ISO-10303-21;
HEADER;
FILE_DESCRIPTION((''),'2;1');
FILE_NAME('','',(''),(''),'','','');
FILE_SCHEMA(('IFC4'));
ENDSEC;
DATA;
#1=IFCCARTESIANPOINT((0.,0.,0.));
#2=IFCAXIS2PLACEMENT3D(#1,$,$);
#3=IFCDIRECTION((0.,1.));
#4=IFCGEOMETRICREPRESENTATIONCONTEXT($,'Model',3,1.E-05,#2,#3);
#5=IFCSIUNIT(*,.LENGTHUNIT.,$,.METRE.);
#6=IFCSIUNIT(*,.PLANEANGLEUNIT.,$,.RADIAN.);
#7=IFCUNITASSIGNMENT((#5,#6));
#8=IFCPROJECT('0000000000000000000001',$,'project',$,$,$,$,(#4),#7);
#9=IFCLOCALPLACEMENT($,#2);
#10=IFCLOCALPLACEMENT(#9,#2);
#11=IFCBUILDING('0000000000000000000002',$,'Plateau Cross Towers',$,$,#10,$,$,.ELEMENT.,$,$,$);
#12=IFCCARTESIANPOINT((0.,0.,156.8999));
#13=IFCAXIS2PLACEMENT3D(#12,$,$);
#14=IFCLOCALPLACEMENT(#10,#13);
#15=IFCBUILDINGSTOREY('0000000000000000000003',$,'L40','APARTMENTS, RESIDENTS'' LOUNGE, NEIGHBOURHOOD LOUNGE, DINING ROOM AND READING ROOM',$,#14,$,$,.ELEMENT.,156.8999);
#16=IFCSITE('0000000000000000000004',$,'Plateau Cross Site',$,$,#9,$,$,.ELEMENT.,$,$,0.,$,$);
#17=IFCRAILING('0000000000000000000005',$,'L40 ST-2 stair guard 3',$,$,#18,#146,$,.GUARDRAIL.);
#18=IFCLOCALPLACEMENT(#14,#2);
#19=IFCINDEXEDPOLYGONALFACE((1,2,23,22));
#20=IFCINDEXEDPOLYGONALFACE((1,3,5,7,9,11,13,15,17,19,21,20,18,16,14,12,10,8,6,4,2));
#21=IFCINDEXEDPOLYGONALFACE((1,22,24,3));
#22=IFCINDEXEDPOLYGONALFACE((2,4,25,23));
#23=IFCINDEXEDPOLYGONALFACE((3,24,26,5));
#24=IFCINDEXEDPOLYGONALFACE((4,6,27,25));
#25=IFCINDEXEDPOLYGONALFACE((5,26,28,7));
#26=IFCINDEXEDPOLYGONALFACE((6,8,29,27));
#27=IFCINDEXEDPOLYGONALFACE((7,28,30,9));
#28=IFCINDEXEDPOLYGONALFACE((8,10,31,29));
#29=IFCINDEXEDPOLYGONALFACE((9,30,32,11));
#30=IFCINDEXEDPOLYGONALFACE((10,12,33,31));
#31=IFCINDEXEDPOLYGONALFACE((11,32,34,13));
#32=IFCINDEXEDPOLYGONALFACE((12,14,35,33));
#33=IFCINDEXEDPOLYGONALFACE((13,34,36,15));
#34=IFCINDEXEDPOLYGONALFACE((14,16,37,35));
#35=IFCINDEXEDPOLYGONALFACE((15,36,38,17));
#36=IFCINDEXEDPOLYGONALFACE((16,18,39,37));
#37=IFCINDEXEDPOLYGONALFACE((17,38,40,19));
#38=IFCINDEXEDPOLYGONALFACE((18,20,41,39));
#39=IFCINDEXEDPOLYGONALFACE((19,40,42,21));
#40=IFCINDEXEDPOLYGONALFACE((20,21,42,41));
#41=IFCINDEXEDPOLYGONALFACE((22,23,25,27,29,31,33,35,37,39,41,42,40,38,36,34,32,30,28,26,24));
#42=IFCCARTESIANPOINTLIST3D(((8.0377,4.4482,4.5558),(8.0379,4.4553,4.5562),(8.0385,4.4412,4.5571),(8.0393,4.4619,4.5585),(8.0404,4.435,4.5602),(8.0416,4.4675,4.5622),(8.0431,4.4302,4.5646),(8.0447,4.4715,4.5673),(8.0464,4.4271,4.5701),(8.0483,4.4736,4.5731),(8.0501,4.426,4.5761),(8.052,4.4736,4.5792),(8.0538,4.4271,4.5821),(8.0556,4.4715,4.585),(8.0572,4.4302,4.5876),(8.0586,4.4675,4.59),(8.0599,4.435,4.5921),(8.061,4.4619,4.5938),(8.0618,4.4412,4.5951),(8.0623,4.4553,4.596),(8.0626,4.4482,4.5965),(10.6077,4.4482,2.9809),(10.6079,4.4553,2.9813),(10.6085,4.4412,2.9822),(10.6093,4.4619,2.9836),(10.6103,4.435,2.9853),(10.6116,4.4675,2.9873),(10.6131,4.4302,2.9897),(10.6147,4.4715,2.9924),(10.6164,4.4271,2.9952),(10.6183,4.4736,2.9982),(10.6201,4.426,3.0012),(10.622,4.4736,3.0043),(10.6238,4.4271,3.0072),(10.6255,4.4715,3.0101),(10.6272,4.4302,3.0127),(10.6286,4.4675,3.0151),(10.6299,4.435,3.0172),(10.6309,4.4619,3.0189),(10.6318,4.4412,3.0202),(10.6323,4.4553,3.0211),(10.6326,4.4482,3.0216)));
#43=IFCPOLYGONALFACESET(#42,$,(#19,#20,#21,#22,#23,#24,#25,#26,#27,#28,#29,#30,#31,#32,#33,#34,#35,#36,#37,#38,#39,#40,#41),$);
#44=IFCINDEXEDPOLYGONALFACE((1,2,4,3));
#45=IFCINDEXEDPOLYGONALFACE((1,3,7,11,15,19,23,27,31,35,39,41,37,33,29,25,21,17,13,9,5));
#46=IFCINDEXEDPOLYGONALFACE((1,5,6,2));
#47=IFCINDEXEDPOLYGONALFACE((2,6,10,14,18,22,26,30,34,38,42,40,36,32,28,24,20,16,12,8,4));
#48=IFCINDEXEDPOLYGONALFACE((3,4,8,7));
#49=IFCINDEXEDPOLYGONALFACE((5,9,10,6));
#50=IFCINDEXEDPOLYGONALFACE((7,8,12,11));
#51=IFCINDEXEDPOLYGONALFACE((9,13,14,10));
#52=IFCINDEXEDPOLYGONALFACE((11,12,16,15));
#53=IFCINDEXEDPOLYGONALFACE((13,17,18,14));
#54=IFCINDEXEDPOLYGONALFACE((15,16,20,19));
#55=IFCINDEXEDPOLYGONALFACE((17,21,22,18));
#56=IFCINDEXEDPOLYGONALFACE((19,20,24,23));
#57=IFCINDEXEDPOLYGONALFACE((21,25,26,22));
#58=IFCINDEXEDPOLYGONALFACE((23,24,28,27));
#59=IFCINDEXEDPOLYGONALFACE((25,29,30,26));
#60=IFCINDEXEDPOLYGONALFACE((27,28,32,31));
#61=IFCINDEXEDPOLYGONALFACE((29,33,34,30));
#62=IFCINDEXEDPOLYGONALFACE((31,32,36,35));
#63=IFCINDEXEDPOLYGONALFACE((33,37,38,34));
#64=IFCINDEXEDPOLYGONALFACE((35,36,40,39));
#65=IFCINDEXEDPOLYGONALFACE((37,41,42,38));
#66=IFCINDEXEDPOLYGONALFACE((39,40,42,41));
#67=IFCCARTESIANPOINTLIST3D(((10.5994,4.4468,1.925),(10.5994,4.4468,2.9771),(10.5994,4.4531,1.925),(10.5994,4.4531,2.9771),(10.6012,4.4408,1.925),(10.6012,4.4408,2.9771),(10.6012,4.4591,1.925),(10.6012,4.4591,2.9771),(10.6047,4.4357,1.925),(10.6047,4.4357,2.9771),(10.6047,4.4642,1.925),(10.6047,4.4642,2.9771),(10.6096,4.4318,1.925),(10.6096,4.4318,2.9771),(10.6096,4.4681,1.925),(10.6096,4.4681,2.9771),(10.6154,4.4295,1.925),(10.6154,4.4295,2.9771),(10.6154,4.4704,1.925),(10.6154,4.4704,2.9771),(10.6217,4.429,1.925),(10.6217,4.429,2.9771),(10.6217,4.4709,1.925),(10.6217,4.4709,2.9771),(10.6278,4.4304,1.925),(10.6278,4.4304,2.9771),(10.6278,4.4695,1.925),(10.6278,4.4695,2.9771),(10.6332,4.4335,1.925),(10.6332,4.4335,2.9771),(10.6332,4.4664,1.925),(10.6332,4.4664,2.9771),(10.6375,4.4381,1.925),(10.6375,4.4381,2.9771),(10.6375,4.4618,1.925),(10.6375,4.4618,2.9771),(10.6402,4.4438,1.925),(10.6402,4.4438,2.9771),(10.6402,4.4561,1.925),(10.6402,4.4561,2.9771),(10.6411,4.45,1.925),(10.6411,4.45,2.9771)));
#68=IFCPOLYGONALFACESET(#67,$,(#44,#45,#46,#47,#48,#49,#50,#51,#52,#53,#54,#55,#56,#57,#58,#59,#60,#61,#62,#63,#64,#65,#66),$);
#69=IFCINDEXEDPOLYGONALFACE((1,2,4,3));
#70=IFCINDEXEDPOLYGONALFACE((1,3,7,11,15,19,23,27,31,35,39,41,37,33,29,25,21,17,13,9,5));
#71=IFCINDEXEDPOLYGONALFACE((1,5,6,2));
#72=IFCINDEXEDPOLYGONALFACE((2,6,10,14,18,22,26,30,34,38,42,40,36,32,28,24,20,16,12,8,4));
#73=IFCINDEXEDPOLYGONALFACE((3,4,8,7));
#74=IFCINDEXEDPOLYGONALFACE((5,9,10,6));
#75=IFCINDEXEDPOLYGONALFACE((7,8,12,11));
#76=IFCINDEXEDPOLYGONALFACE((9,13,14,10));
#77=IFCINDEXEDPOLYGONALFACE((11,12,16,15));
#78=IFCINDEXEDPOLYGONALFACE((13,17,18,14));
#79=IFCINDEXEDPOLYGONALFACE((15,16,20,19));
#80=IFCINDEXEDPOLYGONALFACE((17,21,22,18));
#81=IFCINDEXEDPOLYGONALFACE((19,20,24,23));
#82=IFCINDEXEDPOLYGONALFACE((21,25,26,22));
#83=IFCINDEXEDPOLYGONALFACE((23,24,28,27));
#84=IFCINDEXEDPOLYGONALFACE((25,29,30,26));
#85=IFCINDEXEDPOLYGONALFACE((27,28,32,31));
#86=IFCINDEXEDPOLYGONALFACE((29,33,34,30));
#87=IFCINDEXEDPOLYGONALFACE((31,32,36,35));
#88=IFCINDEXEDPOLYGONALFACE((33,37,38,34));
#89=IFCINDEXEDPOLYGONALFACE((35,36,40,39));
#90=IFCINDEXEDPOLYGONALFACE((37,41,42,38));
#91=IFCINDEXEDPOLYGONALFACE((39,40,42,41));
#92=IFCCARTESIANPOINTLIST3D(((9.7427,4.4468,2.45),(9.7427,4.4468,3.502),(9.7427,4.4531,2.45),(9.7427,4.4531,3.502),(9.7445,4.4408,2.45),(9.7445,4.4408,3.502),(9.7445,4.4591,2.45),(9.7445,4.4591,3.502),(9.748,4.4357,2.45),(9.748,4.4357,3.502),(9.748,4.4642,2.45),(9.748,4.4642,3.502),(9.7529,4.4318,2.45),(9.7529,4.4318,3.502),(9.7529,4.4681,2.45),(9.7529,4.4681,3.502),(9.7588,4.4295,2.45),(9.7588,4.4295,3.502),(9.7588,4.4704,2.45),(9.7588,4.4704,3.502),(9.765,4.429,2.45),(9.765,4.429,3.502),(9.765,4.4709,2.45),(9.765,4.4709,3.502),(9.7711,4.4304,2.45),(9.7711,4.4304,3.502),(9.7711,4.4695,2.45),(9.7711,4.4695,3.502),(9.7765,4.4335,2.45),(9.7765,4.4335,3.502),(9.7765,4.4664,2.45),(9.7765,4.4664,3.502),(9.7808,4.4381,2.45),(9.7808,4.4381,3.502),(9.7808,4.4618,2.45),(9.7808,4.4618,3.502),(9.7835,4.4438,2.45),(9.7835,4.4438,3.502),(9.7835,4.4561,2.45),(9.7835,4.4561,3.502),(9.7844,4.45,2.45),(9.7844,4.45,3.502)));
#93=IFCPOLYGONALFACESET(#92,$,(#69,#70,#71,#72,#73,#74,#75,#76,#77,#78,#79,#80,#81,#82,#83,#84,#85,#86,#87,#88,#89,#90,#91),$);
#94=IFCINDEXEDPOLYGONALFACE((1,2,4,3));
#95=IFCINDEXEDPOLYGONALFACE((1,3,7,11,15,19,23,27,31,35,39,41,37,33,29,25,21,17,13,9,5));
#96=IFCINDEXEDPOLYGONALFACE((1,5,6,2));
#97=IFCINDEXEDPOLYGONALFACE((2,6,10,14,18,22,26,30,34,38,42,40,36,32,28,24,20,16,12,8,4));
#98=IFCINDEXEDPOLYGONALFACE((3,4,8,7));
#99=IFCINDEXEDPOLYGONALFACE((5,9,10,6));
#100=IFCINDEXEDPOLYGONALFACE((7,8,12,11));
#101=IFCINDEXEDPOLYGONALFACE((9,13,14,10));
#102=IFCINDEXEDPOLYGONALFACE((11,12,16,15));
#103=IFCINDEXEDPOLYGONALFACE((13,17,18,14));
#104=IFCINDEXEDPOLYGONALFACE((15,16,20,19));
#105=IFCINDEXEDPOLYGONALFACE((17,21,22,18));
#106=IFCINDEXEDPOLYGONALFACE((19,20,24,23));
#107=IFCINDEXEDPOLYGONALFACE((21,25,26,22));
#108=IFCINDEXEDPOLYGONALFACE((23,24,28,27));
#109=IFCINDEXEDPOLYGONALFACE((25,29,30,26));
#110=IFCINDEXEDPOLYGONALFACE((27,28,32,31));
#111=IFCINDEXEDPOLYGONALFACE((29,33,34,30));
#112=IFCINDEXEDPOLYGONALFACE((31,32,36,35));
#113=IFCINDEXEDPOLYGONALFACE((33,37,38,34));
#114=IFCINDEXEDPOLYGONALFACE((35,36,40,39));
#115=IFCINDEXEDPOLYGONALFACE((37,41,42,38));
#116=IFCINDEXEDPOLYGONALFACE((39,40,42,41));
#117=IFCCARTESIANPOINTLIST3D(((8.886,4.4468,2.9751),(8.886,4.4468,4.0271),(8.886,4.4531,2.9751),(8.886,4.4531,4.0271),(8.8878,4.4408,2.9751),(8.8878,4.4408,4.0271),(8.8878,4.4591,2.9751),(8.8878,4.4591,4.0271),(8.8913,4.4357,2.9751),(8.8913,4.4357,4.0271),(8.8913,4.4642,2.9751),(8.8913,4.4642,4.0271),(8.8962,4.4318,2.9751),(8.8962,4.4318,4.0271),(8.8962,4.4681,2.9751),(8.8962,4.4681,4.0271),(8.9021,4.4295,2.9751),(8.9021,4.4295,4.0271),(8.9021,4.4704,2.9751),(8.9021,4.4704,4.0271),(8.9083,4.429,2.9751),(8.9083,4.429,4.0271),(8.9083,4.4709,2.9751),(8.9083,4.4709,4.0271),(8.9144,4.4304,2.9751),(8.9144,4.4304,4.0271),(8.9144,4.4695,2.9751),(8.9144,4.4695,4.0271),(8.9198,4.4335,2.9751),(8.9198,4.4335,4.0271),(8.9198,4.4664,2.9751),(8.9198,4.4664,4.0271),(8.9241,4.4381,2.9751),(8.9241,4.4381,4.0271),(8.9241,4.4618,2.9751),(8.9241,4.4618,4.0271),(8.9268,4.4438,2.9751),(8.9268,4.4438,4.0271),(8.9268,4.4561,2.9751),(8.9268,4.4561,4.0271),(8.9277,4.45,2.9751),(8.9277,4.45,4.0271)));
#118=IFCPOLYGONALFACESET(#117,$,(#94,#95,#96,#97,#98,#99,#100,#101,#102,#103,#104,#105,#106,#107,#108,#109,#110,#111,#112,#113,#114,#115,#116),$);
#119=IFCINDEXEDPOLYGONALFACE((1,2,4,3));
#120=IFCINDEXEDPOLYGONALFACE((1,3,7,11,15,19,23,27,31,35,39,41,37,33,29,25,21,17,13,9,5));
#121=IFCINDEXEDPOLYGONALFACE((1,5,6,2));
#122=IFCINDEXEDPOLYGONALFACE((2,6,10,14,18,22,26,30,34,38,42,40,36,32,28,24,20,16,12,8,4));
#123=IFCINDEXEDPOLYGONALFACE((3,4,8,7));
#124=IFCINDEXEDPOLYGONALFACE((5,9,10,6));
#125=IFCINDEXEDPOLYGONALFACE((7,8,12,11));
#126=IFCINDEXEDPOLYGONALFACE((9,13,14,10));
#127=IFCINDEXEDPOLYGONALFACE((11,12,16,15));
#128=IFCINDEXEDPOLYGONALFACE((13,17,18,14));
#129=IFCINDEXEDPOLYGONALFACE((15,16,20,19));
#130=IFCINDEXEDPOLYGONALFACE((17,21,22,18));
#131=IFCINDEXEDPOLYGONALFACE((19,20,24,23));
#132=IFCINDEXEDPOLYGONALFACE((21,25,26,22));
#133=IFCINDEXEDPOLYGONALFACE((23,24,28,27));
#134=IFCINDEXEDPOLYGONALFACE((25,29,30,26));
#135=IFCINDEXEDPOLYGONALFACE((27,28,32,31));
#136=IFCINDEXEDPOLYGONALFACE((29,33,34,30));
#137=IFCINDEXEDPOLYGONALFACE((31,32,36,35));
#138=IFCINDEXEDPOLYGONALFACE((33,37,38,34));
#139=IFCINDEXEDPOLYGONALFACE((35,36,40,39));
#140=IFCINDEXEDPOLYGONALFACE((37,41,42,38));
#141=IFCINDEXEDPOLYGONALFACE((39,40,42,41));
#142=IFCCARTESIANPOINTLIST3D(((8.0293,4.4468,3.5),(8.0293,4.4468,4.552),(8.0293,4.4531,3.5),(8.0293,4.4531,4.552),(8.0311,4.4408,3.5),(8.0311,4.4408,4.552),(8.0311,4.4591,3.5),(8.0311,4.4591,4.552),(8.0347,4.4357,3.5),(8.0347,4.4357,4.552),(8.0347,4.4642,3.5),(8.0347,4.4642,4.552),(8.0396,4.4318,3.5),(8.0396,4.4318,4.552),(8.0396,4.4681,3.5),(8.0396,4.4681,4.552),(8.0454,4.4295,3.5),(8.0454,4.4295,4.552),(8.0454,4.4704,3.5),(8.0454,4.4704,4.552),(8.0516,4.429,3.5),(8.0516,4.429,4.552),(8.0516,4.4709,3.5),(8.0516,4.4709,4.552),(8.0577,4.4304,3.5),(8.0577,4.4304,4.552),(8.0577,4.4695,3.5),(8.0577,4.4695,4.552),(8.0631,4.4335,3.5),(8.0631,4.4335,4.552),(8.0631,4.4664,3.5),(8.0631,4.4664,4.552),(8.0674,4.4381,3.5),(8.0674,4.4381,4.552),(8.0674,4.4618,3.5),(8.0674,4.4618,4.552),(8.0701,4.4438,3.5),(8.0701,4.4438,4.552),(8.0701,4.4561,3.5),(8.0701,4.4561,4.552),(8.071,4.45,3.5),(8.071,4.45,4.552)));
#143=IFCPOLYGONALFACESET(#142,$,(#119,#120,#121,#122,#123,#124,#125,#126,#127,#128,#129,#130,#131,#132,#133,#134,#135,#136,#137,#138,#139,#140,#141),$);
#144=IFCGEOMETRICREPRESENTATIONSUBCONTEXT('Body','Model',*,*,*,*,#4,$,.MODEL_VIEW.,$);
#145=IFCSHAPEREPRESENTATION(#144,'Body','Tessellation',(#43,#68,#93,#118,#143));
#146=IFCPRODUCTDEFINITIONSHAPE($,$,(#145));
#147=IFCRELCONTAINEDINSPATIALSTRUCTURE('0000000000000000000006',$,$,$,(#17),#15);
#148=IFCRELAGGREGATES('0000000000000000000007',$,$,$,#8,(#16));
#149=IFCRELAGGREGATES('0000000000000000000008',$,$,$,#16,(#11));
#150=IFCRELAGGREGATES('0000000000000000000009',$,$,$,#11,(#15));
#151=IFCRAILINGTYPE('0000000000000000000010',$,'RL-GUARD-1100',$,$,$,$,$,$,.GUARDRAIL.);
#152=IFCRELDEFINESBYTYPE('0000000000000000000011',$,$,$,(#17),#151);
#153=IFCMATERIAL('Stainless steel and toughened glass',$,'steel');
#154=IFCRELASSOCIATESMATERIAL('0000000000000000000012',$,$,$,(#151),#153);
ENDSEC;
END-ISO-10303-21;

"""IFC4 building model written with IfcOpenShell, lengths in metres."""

from ifc_helpers import new_model, si_unit, direction, frame, origin, origin_2d, place, context, subcontext, project, spatial, circle, extrude, material, type_object, element, save


model = new_model("IFC4")

# Units and contexts
model_context = context("Model", 3, precision=1e-05, world=origin(), true_north=direction((0.0, 1.0)))
body_context = subcontext(model_context, "Body", "Model", "MODEL_VIEW")
ifc_project = project(units=[si_unit("LENGTHUNIT", "METRE"), si_unit("PLANEANGLEUNIT", "RADIAN")], contexts=[model_context])

# Site, building, storey
site_placement = place(None, origin())
site = spatial("IfcSite", under=ifc_project, at=site_placement, Name="Plateau Cross Site", CompositionType="ELEMENT", RefElevation=0.0)
building_placement = place(site_placement, origin())
building = spatial("IfcBuilding", under=site, at=building_placement, Name="Plateau Cross Towers", CompositionType="ELEMENT")
storey_placement = place(building_placement, frame((0.0, 0.0, 156.8999)))
storey = spatial("IfcBuildingStorey", under=building, at=storey_placement, Name="L40", Description="APARTMENTS, RESIDENTS' LOUNGE, NEIGHBOURHOOD LOUNGE, DINING ROOM AND READING ROOM", CompositionType="ELEMENT", Elevation=156.8999)

# Railing
ifc_material_1 = material(Name="Stainless steel and toughened glass", Category="steel")
railing_type_1 = type_object("IfcRailingType", Name="RL-GUARD-1100", PredefinedType="GUARDRAIL", material=ifc_material_1)
railing_1_placement = place(storey_placement, frame((10.6201, 4.45, 1.925)))
element("IfcRailing", 1, at=railing_1_placement, inside=storey, type_object=railing_type_1, Name="L40 ST-2 stair guard 3", PredefinedType="GUARDRAIL", context=body_context, shape_type="SweptSolid", body=[
    extrude(circle(Radius=0.0239, at=origin_2d()), frame((0.0, 0.0, 1.0762), z_axis=(-0.852639, 0.0, 0.522501), x_axis=(0.0, -1.0, 0.0)), (0.0, 0.0, 1.0), 3.0142),
    extrude(circle(Radius=0.021, at=origin_2d()), origin(), (0.0, 0.0, 1.0), 1.052),
    extrude(circle(Radius=0.021, at=origin_2d()), frame((-0.8567, 0.0, 0.5249)), (0.0, 0.0, 1.0), 1.052),
    extrude(circle(Radius=0.021, at=origin_2d()), frame((-1.7134, 0.0, 1.05)), (0.0, 0.0, 1.0), 1.052),
    extrude(circle(Radius=0.021, at=origin_2d()), frame((-2.5701, 0.0, 1.575)), (0.0, 0.0, 1.0), 1.052),
])

save(model, "model.ifc")
